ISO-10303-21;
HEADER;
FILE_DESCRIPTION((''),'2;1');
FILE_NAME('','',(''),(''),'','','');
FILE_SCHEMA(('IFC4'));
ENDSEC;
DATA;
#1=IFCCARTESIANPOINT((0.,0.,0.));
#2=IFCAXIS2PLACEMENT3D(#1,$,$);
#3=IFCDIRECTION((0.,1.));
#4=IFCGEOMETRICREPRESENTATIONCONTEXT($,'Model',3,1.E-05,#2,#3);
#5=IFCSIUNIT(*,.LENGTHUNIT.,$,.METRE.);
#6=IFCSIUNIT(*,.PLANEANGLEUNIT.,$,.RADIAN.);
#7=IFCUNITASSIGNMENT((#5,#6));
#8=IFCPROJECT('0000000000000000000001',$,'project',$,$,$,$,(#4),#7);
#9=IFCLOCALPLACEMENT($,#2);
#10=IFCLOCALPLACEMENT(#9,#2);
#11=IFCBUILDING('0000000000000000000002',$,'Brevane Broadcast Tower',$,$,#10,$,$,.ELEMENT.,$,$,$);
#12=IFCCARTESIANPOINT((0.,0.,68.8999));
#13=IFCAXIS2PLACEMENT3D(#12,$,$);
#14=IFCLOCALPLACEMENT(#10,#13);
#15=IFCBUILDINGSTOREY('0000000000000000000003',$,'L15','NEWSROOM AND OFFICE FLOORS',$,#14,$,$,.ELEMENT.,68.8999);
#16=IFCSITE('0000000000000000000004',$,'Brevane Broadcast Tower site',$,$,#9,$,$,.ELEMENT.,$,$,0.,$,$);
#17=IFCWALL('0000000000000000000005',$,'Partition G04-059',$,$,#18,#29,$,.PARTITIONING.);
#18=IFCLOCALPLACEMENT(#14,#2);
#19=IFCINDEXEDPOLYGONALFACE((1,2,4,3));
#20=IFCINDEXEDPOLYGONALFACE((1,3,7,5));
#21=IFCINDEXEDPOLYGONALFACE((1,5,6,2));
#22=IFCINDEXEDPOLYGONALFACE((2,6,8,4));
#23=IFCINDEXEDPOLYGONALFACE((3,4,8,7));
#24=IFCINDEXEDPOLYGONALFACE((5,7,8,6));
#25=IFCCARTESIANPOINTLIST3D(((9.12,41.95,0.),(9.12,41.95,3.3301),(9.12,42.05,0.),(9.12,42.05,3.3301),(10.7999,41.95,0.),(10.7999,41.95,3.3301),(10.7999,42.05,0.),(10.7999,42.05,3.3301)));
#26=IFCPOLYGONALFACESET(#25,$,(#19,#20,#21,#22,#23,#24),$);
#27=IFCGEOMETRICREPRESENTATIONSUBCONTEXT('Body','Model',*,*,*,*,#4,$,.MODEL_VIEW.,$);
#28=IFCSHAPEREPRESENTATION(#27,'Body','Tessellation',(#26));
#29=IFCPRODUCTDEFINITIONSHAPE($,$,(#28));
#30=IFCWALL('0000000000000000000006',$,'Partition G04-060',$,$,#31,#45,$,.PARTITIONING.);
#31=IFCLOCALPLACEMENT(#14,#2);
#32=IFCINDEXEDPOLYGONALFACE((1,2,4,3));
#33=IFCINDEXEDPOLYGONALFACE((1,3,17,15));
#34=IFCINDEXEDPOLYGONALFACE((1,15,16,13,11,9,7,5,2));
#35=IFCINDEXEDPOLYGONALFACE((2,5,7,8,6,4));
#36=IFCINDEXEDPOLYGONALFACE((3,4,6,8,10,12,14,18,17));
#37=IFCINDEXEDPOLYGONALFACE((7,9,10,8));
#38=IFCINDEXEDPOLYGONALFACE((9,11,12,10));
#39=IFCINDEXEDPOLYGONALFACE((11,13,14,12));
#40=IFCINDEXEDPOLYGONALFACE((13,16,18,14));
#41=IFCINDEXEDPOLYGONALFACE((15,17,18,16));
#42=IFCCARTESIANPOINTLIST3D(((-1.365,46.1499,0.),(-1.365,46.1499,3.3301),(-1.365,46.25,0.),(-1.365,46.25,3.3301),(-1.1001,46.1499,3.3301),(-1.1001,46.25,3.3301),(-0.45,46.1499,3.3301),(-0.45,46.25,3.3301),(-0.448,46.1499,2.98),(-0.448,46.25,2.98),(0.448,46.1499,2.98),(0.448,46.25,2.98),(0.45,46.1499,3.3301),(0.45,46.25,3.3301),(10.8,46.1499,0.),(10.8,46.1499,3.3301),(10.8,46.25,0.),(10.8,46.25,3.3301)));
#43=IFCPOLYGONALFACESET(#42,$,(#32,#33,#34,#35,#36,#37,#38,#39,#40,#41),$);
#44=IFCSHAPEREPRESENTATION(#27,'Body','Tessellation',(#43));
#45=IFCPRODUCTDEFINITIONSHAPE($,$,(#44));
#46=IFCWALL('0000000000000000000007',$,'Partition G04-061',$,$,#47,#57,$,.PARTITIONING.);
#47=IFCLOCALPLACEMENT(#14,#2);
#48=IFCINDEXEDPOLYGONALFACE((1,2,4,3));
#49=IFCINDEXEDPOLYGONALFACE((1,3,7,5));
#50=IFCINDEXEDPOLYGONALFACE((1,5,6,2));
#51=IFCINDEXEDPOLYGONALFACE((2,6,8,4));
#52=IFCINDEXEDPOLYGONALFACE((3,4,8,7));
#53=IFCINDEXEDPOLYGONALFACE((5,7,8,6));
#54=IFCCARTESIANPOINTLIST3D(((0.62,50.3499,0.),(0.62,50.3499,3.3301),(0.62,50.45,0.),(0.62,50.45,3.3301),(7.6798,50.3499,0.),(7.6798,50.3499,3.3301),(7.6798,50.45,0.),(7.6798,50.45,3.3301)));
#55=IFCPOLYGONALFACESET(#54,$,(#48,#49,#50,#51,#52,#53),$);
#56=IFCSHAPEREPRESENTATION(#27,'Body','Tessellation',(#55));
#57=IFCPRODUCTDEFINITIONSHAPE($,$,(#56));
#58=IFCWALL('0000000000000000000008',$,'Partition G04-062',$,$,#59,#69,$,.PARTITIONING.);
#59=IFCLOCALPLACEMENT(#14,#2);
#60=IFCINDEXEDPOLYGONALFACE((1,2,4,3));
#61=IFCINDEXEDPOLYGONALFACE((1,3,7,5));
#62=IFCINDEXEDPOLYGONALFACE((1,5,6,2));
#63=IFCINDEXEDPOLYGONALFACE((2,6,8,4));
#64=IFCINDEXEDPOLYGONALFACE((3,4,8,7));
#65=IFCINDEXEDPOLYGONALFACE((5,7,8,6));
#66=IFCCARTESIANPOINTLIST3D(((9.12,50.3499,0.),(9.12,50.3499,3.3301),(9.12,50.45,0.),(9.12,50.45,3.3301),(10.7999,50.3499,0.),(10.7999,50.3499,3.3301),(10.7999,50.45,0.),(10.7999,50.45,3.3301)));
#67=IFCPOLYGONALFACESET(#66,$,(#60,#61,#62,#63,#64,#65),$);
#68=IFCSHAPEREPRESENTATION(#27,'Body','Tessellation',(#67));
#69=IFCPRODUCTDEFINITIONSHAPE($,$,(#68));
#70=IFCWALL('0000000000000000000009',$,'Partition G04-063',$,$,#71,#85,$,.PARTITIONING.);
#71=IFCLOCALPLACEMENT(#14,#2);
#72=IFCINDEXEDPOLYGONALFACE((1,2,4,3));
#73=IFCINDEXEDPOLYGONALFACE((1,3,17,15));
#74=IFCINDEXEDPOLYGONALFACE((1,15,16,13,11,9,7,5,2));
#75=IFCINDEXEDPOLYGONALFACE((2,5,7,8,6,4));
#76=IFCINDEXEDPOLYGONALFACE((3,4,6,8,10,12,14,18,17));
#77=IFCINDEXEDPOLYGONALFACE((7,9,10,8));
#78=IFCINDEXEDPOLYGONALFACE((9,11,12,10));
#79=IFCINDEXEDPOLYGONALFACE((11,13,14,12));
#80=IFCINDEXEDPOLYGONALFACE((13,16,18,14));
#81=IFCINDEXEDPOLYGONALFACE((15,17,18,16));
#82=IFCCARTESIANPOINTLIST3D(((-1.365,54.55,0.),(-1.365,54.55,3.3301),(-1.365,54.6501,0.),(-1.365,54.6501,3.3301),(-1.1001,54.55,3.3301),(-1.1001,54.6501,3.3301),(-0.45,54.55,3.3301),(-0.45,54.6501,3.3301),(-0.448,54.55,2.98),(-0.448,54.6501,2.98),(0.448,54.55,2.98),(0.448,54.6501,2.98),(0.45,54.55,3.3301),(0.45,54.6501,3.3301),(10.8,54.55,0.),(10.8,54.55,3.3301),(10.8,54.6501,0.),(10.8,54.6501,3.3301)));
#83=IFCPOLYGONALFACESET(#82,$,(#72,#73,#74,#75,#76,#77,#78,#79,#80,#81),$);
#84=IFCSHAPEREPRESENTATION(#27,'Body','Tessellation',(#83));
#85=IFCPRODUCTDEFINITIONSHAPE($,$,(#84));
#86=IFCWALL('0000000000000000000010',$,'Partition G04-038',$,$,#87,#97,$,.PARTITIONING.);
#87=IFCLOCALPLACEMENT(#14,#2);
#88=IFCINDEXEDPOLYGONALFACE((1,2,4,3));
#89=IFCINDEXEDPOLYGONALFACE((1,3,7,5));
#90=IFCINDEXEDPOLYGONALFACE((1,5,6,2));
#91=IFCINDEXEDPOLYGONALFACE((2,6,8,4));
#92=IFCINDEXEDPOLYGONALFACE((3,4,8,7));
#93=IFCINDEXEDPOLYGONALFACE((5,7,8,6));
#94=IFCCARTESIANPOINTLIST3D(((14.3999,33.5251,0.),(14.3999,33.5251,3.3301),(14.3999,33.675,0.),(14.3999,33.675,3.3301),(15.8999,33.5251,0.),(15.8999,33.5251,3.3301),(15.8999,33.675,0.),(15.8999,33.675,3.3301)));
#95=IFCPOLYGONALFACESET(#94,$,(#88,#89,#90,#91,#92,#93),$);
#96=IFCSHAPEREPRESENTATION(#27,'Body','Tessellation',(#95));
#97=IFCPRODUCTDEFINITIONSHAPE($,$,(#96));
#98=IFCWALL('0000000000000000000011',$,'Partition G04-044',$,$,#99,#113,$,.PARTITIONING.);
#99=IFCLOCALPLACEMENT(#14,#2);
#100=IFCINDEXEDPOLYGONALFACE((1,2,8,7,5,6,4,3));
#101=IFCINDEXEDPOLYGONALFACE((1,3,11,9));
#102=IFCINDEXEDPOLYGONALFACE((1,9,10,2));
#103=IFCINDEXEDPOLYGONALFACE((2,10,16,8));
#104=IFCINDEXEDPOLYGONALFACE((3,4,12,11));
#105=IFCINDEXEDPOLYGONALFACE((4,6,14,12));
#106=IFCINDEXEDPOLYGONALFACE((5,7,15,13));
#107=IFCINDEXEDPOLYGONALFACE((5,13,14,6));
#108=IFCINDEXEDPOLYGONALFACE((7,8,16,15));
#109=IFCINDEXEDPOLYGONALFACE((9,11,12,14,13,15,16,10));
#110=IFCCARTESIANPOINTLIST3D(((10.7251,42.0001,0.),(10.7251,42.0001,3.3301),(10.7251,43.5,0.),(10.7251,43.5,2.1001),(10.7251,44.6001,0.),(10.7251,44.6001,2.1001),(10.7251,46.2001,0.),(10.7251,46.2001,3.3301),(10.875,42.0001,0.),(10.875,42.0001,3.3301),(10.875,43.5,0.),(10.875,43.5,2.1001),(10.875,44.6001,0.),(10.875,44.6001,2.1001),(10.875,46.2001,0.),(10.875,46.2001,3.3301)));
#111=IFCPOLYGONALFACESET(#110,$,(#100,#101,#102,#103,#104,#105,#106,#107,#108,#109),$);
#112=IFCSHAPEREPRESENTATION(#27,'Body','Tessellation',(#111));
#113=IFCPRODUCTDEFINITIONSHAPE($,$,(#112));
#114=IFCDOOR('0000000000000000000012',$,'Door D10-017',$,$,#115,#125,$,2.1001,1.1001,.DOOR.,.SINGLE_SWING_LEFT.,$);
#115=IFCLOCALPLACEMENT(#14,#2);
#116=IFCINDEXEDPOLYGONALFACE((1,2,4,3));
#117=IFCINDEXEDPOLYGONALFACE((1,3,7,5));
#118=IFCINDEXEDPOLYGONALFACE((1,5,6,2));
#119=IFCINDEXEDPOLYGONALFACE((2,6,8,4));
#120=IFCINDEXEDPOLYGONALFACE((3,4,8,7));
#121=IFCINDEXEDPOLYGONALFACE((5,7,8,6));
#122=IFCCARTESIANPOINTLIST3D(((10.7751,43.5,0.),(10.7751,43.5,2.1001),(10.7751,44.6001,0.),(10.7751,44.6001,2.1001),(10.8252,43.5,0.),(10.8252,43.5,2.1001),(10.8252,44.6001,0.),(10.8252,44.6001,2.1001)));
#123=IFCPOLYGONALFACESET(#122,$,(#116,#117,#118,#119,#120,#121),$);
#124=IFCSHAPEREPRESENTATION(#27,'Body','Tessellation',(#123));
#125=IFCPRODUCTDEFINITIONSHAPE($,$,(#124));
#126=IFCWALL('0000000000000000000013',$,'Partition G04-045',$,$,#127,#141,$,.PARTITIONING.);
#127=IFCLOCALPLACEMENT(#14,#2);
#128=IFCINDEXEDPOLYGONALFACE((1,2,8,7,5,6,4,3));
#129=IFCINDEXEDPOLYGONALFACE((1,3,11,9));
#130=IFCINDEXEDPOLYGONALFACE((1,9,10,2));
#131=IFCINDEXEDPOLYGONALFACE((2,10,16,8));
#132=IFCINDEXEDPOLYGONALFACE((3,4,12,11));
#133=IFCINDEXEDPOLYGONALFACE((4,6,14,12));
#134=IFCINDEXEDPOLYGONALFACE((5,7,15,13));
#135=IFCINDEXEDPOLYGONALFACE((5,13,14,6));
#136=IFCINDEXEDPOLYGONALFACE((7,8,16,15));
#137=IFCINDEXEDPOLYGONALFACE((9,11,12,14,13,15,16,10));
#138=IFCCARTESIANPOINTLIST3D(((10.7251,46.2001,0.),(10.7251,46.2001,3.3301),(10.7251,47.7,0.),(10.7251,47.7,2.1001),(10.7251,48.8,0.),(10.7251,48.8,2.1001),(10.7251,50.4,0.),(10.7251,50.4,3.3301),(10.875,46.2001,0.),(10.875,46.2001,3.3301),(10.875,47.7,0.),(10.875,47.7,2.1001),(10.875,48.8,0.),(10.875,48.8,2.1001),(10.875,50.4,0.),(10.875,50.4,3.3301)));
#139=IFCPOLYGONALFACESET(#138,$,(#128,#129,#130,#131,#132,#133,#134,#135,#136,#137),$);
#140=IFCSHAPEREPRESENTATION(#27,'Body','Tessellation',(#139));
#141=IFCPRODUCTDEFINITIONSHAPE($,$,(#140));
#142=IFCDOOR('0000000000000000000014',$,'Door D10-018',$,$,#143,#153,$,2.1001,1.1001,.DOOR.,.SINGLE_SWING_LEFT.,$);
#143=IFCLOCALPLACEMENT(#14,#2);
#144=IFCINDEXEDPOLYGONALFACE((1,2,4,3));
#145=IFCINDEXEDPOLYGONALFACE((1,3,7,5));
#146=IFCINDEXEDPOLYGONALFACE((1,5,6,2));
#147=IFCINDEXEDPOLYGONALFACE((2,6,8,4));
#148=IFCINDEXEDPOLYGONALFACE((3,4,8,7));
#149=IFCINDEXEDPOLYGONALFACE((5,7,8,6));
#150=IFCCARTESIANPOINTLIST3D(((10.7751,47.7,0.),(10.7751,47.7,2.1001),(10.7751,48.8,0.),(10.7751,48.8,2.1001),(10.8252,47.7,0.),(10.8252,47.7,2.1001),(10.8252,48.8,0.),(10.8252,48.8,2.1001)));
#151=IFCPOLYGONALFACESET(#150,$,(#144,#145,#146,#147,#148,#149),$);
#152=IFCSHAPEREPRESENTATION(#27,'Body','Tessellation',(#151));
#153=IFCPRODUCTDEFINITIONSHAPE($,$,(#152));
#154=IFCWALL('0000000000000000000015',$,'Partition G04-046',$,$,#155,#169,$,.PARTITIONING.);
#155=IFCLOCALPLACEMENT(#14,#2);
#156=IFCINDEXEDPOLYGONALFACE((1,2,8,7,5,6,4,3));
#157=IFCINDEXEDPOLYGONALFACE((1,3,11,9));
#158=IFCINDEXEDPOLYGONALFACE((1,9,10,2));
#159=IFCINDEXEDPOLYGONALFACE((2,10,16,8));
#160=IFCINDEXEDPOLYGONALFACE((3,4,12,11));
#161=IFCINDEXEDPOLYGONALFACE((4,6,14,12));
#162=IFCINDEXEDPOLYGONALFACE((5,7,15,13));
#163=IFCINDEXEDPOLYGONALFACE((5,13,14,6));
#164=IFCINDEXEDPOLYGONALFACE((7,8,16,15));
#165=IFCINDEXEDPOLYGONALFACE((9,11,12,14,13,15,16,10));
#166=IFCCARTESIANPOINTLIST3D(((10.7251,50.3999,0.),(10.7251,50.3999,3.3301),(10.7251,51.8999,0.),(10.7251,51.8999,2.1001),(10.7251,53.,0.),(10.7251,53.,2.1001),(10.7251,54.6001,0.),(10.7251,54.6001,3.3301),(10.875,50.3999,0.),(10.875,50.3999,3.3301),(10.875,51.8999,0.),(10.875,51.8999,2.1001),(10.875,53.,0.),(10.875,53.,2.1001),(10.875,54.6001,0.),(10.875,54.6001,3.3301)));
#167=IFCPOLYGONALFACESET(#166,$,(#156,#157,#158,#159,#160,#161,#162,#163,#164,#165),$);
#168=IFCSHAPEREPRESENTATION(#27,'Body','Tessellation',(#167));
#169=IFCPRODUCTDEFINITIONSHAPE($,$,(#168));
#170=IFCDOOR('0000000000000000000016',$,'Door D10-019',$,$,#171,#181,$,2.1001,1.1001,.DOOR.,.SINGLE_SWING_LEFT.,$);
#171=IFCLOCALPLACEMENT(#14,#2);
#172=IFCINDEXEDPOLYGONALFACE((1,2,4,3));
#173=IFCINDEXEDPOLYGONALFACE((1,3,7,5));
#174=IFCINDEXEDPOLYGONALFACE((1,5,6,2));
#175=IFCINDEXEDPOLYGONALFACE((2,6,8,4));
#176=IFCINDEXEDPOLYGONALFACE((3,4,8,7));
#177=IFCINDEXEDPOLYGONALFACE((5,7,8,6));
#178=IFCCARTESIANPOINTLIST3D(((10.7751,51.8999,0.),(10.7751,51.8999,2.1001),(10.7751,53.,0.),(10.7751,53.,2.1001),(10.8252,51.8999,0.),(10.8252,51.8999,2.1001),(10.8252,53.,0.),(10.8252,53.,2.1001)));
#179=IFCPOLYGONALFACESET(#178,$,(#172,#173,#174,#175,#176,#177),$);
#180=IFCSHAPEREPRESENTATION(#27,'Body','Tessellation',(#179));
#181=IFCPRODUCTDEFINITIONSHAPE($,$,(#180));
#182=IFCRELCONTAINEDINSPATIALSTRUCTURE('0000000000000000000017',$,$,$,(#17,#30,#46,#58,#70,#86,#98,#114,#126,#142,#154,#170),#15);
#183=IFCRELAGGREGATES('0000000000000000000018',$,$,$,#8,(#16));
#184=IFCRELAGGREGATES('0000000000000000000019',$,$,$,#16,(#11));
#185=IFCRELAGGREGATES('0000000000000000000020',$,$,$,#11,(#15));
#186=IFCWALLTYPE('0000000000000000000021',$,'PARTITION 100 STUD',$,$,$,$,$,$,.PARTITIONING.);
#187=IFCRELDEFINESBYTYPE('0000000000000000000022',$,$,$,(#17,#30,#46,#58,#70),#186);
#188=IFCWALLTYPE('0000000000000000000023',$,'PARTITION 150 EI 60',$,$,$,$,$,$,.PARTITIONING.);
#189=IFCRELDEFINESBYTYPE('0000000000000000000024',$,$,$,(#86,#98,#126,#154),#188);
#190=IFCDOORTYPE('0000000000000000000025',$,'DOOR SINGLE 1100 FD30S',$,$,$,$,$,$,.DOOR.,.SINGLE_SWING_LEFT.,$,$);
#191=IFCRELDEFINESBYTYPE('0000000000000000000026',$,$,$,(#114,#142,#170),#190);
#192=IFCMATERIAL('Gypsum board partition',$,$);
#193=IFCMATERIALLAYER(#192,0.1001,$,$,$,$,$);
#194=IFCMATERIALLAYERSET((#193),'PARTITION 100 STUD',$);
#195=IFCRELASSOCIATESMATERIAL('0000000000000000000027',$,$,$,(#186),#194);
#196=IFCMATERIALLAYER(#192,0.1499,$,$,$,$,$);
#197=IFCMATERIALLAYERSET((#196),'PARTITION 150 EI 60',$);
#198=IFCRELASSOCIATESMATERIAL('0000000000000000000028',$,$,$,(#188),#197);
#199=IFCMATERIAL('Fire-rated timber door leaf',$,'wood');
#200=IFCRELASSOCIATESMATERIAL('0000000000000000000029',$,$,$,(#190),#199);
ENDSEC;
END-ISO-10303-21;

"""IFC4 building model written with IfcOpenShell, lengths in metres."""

from ifc_helpers import new_model, si_unit, direction, frame, frame_2d, origin, place, context, subcontext, project, spatial, polyline, rectangle, outline, extrude, material, layer, layer_set, type_object, element, fill, save


model = new_model("IFC4")

# Units and contexts
model_context = context("Model", 3, precision=1e-05, world=origin(), true_north=direction((0.0, 1.0)))
body_context = subcontext(model_context, "Body", "Model", "MODEL_VIEW")
ifc_project = project(units=[si_unit("LENGTHUNIT", "METRE"), si_unit("PLANEANGLEUNIT", "RADIAN")], contexts=[model_context])

# Site, building, storey
site_placement = place(None, origin())
site = spatial("IfcSite", under=ifc_project, at=site_placement, Name="Brevane Broadcast Tower site", CompositionType="ELEMENT", RefElevation=0.0)
building_placement = place(site_placement, origin())
building = spatial("IfcBuilding", under=site, at=building_placement, Name="Brevane Broadcast Tower", CompositionType="ELEMENT")
storey_placement = place(building_placement, frame((0.0, 0.0, 68.8999)))
storey = spatial("IfcBuildingStorey", under=building, at=storey_placement, Name="L15", Description="NEWSROOM AND OFFICE FLOORS", CompositionType="ELEMENT", Elevation=68.8999)

# Walls
ifc_material_1 = material(Name="Gypsum board partition")
ifc_layer_1 = layer(ifc_material_1, 0.1001)
ifc_layer_set_1 = layer_set([ifc_layer_1], Name="PARTITION 100 STUD")
wall_type_1 = type_object("IfcWallType", Name="PARTITION 100 STUD", PredefinedType="PARTITIONING", material=ifc_layer_set_1)
wall_1_placement = place(storey_placement, frame((9.1201, 42.0, 0.0), z_axis=(0.0, 0.0, 1.0), x_axis=(1.0, 0.0, 0.0)))
element("IfcWall", 1, at=wall_1_placement, inside=storey, type_object=wall_type_1, Name="Partition G04-059", PredefinedType="PARTITIONING", context=body_context, shape_type="SweptSolid", body=[
    extrude(rectangle(XDim=1.6799, YDim=0.1001, at=frame_2d((0.8398, 0.0))), origin(), (0.0, 0.0, 1.0), 3.3301),
])
wall_2_placement = place(storey_placement, frame((-1.365, 46.2, 0.0), z_axis=(0.0, 0.0, 1.0), x_axis=(1.0, 0.0, 0.0)))
element("IfcWall", 2, at=wall_2_placement, inside=storey, type_object=wall_type_1, Name="Partition G04-060", PredefinedType="PARTITIONING", context=body_context, shape_type="SweptSolid", body=[
    extrude(outline(polyline([(0.0, 0.0), (12.165, 0.0), (12.165, 3.3301), (1.8149, 3.3301), (1.813, 2.98), (0.917, 2.98), (0.915, 3.3301), (0.2649, 3.3301), (0.0, 3.3301), (0.0, 0.0)])), frame((0.0, 0.05, 0.0), z_axis=(0.0, -1.0, 0.0), x_axis=(1.0, 0.0, 0.0)), (0.0, 0.0, 1.0), 0.1001),
])
wall_3_placement = place(storey_placement, frame((0.6201, 50.3999, 0.0), z_axis=(0.0, 0.0, 1.0), x_axis=(1.0, 0.0, 0.0)))
element("IfcWall", 3, at=wall_3_placement, inside=storey, type_object=wall_type_1, Name="Partition G04-061", PredefinedType="PARTITIONING", context=body_context, shape_type="SweptSolid", body=[
    extrude(rectangle(XDim=7.0598, YDim=0.1001, at=frame_2d((3.5298, 0.0))), origin(), (0.0, 0.0, 1.0), 3.3301),
])
wall_4_placement = place(storey_placement, frame((9.1201, 50.3999, 0.0), z_axis=(0.0, 0.0, 1.0), x_axis=(1.0, 0.0, 0.0)))
element("IfcWall", 4, at=wall_4_placement, inside=storey, type_object=wall_type_1, Name="Partition G04-062", PredefinedType="PARTITIONING", context=body_context, shape_type="SweptSolid", body=[
    extrude(rectangle(XDim=1.6799, YDim=0.1001, at=frame_2d((0.8398, 0.0))), origin(), (0.0, 0.0, 1.0), 3.3301),
])
wall_5_placement = place(storey_placement, frame((-1.365, 54.6001, 0.0), z_axis=(0.0, 0.0, 1.0), x_axis=(1.0, 0.0, 0.0)))
element("IfcWall", 5, at=wall_5_placement, inside=storey, type_object=wall_type_1, Name="Partition G04-063", PredefinedType="PARTITIONING", context=body_context, shape_type="SweptSolid", body=[
    extrude(outline(polyline([(0.0, 0.0), (12.165, 0.0), (12.165, 3.3301), (1.8149, 3.3301), (1.813, 2.98), (0.917, 2.98), (0.915, 3.3301), (0.2649, 3.3301), (0.0, 3.3301), (0.0, 0.0)])), frame((0.0, 0.05, 0.0), z_axis=(0.0, -1.0, 0.0), x_axis=(1.0, 0.0, 0.0)), (0.0, 0.0, 1.0), 0.1001),
])
ifc_layer_2 = layer(ifc_material_1, 0.1499)
ifc_layer_set_2 = layer_set([ifc_layer_2], Name="PARTITION 150 EI 60")
wall_type_2 = type_object("IfcWallType", Name="PARTITION 150 EI 60", PredefinedType="PARTITIONING", material=ifc_layer_set_2)
wall_6_placement = place(storey_placement, frame((14.3999, 33.6001, 0.0), z_axis=(0.0, 0.0, 1.0), x_axis=(1.0, 0.0, 0.0)))
element("IfcWall", 6, at=wall_6_placement, inside=storey, type_object=wall_type_2, Name="Partition G04-038", PredefinedType="PARTITIONING", context=body_context, shape_type="SweptSolid", body=[
    extrude(rectangle(XDim=1.5, YDim=0.1499, at=frame_2d((0.75, 0.0))), origin(), (0.0, 0.0, 1.0), 3.3301),
])

# Walls, openings, doors
wall_7_placement = place(storey_placement, frame((10.8, 42.0, 0.0), z_axis=(0.0, 0.0, 1.0), x_axis=(0.0, 1.0, 0.0)))
wall_7 = element("IfcWall", 7, at=wall_7_placement, inside=storey, type_object=wall_type_2, Name="Partition G04-044", PredefinedType="PARTITIONING", context=body_context, shape_type="SweptSolid", body=[
    extrude(rectangle(XDim=4.2, YDim=0.1499, at=frame_2d((2.1001, 0.0))), origin(), (0.0, 0.0, 1.0), 3.3301),
])
opening_1_placement = place(wall_7_placement, frame((1.5, 0.0, 0.0)))
opening_1 = element("IfcOpeningElement", 8, at=opening_1_placement, cuts=wall_7, PredefinedType="OPENING", context=body_context, shape_type="SweptSolid", body=[
    extrude(rectangle(XDim=1.1001, YDim=2.1001, at=frame_2d((0.55, 1.05))), frame((0.0, 0.085, 0.0), z_axis=(0.0, -1.0, 0.0), x_axis=(1.0, 0.0, 0.0)), (0.0, 0.0, 1.0), 0.1699),
])
ifc_material_2 = material(Name="Fire-rated timber door leaf", Category="wood")
door_type_1 = type_object("IfcDoorType", Name="DOOR SINGLE 1100 FD30S", OperationType="SINGLE_SWING_LEFT", PredefinedType="DOOR", material=ifc_material_2)
door_1_placement = place(opening_1_placement, origin())
door_1 = element("IfcDoor", 9, at=door_1_placement, inside=storey, type_object=door_type_1, Name="Door D10-017", OperationType="SINGLE_SWING_LEFT", OverallHeight=2.1001, OverallWidth=1.1001, PredefinedType="DOOR", context=body_context, shape_type="SweptSolid", body=[
    extrude(rectangle(XDim=1.1001, YDim=2.1001, at=frame_2d((0.55, 1.05))), frame((0.0, 0.0249, 0.0), z_axis=(0.0, -1.0, 0.0), x_axis=(1.0, 0.0, 0.0)), (0.0, 0.0, 1.0), 0.05),
])
fill(opening_1, door_1)
wall_8_placement = place(storey_placement, frame((10.8, 46.2, 0.0), z_axis=(0.0, 0.0, 1.0), x_axis=(0.0, 1.0, 0.0)))
wall_8 = element("IfcWall", 10, at=wall_8_placement, inside=storey, type_object=wall_type_2, Name="Partition G04-045", PredefinedType="PARTITIONING", context=body_context, shape_type="SweptSolid", body=[
    extrude(rectangle(XDim=4.2, YDim=0.1499, at=frame_2d((2.1001, 0.0))), origin(), (0.0, 0.0, 1.0), 3.3301),
])
opening_2_placement = place(wall_8_placement, frame((1.5, 0.0, 0.0)))
opening_2 = element("IfcOpeningElement", 11, at=opening_2_placement, cuts=wall_8, PredefinedType="OPENING", context=body_context, shape_type="SweptSolid", body=[
    extrude(rectangle(XDim=1.1001, YDim=2.1001, at=frame_2d((0.55, 1.05))), frame((0.0, 0.085, 0.0), z_axis=(0.0, -1.0, 0.0), x_axis=(1.0, 0.0, 0.0)), (0.0, 0.0, 1.0), 0.1699),
])
door_2_placement = place(opening_2_placement, origin())
door_2 = element("IfcDoor", 12, at=door_2_placement, inside=storey, type_object=door_type_1, Name="Door D10-018", OperationType="SINGLE_SWING_LEFT", OverallHeight=2.1001, OverallWidth=1.1001, PredefinedType="DOOR", context=body_context, shape_type="SweptSolid", body=[
    extrude(rectangle(XDim=1.1001, YDim=2.1001, at=frame_2d((0.55, 1.05))), frame((0.0, 0.0249, 0.0), z_axis=(0.0, -1.0, 0.0), x_axis=(1.0, 0.0, 0.0)), (0.0, 0.0, 1.0), 0.05),
])
fill(opening_2, door_2)
wall_9_placement = place(storey_placement, frame((10.8, 50.3999, 0.0), z_axis=(0.0, 0.0, 1.0), x_axis=(0.0, 1.0, 0.0)))
wall_9 = element("IfcWall", 13, at=wall_9_placement, inside=storey, type_object=wall_type_2, Name="Partition G04-046", PredefinedType="PARTITIONING", context=body_context, shape_type="SweptSolid", body=[
    extrude(rectangle(XDim=4.2002, YDim=0.1499, at=frame_2d((2.1001, 0.0))), origin(), (0.0, 0.0, 1.0), 3.3301),
])
opening_3_placement = place(wall_9_placement, frame((1.5, 0.0, 0.0)))
opening_3 = element("IfcOpeningElement", 14, at=opening_3_placement, cuts=wall_9, PredefinedType="OPENING", context=body_context, shape_type="SweptSolid", body=[
    extrude(rectangle(XDim=1.1001, YDim=2.1001, at=frame_2d((0.55, 1.05))), frame((0.0, 0.085, 0.0), z_axis=(0.0, -1.0, 0.0), x_axis=(1.0, 0.0, 0.0)), (0.0, 0.0, 1.0), 0.1699),
])
door_3_placement = place(opening_3_placement, origin())
door_3 = element("IfcDoor", 15, at=door_3_placement, inside=storey, type_object=door_type_1, Name="Door D10-019", OperationType="SINGLE_SWING_LEFT", OverallHeight=2.1001, OverallWidth=1.1001, PredefinedType="DOOR", context=body_context, shape_type="SweptSolid", body=[
    extrude(rectangle(XDim=1.1001, YDim=2.1001, at=frame_2d((0.55, 1.05))), frame((0.0, 0.0249, 0.0), z_axis=(0.0, -1.0, 0.0), x_axis=(1.0, 0.0, 0.0)), (0.0, 0.0, 1.0), 0.05),
])
fill(opening_3, door_3)

save(model, "model.ifc")
